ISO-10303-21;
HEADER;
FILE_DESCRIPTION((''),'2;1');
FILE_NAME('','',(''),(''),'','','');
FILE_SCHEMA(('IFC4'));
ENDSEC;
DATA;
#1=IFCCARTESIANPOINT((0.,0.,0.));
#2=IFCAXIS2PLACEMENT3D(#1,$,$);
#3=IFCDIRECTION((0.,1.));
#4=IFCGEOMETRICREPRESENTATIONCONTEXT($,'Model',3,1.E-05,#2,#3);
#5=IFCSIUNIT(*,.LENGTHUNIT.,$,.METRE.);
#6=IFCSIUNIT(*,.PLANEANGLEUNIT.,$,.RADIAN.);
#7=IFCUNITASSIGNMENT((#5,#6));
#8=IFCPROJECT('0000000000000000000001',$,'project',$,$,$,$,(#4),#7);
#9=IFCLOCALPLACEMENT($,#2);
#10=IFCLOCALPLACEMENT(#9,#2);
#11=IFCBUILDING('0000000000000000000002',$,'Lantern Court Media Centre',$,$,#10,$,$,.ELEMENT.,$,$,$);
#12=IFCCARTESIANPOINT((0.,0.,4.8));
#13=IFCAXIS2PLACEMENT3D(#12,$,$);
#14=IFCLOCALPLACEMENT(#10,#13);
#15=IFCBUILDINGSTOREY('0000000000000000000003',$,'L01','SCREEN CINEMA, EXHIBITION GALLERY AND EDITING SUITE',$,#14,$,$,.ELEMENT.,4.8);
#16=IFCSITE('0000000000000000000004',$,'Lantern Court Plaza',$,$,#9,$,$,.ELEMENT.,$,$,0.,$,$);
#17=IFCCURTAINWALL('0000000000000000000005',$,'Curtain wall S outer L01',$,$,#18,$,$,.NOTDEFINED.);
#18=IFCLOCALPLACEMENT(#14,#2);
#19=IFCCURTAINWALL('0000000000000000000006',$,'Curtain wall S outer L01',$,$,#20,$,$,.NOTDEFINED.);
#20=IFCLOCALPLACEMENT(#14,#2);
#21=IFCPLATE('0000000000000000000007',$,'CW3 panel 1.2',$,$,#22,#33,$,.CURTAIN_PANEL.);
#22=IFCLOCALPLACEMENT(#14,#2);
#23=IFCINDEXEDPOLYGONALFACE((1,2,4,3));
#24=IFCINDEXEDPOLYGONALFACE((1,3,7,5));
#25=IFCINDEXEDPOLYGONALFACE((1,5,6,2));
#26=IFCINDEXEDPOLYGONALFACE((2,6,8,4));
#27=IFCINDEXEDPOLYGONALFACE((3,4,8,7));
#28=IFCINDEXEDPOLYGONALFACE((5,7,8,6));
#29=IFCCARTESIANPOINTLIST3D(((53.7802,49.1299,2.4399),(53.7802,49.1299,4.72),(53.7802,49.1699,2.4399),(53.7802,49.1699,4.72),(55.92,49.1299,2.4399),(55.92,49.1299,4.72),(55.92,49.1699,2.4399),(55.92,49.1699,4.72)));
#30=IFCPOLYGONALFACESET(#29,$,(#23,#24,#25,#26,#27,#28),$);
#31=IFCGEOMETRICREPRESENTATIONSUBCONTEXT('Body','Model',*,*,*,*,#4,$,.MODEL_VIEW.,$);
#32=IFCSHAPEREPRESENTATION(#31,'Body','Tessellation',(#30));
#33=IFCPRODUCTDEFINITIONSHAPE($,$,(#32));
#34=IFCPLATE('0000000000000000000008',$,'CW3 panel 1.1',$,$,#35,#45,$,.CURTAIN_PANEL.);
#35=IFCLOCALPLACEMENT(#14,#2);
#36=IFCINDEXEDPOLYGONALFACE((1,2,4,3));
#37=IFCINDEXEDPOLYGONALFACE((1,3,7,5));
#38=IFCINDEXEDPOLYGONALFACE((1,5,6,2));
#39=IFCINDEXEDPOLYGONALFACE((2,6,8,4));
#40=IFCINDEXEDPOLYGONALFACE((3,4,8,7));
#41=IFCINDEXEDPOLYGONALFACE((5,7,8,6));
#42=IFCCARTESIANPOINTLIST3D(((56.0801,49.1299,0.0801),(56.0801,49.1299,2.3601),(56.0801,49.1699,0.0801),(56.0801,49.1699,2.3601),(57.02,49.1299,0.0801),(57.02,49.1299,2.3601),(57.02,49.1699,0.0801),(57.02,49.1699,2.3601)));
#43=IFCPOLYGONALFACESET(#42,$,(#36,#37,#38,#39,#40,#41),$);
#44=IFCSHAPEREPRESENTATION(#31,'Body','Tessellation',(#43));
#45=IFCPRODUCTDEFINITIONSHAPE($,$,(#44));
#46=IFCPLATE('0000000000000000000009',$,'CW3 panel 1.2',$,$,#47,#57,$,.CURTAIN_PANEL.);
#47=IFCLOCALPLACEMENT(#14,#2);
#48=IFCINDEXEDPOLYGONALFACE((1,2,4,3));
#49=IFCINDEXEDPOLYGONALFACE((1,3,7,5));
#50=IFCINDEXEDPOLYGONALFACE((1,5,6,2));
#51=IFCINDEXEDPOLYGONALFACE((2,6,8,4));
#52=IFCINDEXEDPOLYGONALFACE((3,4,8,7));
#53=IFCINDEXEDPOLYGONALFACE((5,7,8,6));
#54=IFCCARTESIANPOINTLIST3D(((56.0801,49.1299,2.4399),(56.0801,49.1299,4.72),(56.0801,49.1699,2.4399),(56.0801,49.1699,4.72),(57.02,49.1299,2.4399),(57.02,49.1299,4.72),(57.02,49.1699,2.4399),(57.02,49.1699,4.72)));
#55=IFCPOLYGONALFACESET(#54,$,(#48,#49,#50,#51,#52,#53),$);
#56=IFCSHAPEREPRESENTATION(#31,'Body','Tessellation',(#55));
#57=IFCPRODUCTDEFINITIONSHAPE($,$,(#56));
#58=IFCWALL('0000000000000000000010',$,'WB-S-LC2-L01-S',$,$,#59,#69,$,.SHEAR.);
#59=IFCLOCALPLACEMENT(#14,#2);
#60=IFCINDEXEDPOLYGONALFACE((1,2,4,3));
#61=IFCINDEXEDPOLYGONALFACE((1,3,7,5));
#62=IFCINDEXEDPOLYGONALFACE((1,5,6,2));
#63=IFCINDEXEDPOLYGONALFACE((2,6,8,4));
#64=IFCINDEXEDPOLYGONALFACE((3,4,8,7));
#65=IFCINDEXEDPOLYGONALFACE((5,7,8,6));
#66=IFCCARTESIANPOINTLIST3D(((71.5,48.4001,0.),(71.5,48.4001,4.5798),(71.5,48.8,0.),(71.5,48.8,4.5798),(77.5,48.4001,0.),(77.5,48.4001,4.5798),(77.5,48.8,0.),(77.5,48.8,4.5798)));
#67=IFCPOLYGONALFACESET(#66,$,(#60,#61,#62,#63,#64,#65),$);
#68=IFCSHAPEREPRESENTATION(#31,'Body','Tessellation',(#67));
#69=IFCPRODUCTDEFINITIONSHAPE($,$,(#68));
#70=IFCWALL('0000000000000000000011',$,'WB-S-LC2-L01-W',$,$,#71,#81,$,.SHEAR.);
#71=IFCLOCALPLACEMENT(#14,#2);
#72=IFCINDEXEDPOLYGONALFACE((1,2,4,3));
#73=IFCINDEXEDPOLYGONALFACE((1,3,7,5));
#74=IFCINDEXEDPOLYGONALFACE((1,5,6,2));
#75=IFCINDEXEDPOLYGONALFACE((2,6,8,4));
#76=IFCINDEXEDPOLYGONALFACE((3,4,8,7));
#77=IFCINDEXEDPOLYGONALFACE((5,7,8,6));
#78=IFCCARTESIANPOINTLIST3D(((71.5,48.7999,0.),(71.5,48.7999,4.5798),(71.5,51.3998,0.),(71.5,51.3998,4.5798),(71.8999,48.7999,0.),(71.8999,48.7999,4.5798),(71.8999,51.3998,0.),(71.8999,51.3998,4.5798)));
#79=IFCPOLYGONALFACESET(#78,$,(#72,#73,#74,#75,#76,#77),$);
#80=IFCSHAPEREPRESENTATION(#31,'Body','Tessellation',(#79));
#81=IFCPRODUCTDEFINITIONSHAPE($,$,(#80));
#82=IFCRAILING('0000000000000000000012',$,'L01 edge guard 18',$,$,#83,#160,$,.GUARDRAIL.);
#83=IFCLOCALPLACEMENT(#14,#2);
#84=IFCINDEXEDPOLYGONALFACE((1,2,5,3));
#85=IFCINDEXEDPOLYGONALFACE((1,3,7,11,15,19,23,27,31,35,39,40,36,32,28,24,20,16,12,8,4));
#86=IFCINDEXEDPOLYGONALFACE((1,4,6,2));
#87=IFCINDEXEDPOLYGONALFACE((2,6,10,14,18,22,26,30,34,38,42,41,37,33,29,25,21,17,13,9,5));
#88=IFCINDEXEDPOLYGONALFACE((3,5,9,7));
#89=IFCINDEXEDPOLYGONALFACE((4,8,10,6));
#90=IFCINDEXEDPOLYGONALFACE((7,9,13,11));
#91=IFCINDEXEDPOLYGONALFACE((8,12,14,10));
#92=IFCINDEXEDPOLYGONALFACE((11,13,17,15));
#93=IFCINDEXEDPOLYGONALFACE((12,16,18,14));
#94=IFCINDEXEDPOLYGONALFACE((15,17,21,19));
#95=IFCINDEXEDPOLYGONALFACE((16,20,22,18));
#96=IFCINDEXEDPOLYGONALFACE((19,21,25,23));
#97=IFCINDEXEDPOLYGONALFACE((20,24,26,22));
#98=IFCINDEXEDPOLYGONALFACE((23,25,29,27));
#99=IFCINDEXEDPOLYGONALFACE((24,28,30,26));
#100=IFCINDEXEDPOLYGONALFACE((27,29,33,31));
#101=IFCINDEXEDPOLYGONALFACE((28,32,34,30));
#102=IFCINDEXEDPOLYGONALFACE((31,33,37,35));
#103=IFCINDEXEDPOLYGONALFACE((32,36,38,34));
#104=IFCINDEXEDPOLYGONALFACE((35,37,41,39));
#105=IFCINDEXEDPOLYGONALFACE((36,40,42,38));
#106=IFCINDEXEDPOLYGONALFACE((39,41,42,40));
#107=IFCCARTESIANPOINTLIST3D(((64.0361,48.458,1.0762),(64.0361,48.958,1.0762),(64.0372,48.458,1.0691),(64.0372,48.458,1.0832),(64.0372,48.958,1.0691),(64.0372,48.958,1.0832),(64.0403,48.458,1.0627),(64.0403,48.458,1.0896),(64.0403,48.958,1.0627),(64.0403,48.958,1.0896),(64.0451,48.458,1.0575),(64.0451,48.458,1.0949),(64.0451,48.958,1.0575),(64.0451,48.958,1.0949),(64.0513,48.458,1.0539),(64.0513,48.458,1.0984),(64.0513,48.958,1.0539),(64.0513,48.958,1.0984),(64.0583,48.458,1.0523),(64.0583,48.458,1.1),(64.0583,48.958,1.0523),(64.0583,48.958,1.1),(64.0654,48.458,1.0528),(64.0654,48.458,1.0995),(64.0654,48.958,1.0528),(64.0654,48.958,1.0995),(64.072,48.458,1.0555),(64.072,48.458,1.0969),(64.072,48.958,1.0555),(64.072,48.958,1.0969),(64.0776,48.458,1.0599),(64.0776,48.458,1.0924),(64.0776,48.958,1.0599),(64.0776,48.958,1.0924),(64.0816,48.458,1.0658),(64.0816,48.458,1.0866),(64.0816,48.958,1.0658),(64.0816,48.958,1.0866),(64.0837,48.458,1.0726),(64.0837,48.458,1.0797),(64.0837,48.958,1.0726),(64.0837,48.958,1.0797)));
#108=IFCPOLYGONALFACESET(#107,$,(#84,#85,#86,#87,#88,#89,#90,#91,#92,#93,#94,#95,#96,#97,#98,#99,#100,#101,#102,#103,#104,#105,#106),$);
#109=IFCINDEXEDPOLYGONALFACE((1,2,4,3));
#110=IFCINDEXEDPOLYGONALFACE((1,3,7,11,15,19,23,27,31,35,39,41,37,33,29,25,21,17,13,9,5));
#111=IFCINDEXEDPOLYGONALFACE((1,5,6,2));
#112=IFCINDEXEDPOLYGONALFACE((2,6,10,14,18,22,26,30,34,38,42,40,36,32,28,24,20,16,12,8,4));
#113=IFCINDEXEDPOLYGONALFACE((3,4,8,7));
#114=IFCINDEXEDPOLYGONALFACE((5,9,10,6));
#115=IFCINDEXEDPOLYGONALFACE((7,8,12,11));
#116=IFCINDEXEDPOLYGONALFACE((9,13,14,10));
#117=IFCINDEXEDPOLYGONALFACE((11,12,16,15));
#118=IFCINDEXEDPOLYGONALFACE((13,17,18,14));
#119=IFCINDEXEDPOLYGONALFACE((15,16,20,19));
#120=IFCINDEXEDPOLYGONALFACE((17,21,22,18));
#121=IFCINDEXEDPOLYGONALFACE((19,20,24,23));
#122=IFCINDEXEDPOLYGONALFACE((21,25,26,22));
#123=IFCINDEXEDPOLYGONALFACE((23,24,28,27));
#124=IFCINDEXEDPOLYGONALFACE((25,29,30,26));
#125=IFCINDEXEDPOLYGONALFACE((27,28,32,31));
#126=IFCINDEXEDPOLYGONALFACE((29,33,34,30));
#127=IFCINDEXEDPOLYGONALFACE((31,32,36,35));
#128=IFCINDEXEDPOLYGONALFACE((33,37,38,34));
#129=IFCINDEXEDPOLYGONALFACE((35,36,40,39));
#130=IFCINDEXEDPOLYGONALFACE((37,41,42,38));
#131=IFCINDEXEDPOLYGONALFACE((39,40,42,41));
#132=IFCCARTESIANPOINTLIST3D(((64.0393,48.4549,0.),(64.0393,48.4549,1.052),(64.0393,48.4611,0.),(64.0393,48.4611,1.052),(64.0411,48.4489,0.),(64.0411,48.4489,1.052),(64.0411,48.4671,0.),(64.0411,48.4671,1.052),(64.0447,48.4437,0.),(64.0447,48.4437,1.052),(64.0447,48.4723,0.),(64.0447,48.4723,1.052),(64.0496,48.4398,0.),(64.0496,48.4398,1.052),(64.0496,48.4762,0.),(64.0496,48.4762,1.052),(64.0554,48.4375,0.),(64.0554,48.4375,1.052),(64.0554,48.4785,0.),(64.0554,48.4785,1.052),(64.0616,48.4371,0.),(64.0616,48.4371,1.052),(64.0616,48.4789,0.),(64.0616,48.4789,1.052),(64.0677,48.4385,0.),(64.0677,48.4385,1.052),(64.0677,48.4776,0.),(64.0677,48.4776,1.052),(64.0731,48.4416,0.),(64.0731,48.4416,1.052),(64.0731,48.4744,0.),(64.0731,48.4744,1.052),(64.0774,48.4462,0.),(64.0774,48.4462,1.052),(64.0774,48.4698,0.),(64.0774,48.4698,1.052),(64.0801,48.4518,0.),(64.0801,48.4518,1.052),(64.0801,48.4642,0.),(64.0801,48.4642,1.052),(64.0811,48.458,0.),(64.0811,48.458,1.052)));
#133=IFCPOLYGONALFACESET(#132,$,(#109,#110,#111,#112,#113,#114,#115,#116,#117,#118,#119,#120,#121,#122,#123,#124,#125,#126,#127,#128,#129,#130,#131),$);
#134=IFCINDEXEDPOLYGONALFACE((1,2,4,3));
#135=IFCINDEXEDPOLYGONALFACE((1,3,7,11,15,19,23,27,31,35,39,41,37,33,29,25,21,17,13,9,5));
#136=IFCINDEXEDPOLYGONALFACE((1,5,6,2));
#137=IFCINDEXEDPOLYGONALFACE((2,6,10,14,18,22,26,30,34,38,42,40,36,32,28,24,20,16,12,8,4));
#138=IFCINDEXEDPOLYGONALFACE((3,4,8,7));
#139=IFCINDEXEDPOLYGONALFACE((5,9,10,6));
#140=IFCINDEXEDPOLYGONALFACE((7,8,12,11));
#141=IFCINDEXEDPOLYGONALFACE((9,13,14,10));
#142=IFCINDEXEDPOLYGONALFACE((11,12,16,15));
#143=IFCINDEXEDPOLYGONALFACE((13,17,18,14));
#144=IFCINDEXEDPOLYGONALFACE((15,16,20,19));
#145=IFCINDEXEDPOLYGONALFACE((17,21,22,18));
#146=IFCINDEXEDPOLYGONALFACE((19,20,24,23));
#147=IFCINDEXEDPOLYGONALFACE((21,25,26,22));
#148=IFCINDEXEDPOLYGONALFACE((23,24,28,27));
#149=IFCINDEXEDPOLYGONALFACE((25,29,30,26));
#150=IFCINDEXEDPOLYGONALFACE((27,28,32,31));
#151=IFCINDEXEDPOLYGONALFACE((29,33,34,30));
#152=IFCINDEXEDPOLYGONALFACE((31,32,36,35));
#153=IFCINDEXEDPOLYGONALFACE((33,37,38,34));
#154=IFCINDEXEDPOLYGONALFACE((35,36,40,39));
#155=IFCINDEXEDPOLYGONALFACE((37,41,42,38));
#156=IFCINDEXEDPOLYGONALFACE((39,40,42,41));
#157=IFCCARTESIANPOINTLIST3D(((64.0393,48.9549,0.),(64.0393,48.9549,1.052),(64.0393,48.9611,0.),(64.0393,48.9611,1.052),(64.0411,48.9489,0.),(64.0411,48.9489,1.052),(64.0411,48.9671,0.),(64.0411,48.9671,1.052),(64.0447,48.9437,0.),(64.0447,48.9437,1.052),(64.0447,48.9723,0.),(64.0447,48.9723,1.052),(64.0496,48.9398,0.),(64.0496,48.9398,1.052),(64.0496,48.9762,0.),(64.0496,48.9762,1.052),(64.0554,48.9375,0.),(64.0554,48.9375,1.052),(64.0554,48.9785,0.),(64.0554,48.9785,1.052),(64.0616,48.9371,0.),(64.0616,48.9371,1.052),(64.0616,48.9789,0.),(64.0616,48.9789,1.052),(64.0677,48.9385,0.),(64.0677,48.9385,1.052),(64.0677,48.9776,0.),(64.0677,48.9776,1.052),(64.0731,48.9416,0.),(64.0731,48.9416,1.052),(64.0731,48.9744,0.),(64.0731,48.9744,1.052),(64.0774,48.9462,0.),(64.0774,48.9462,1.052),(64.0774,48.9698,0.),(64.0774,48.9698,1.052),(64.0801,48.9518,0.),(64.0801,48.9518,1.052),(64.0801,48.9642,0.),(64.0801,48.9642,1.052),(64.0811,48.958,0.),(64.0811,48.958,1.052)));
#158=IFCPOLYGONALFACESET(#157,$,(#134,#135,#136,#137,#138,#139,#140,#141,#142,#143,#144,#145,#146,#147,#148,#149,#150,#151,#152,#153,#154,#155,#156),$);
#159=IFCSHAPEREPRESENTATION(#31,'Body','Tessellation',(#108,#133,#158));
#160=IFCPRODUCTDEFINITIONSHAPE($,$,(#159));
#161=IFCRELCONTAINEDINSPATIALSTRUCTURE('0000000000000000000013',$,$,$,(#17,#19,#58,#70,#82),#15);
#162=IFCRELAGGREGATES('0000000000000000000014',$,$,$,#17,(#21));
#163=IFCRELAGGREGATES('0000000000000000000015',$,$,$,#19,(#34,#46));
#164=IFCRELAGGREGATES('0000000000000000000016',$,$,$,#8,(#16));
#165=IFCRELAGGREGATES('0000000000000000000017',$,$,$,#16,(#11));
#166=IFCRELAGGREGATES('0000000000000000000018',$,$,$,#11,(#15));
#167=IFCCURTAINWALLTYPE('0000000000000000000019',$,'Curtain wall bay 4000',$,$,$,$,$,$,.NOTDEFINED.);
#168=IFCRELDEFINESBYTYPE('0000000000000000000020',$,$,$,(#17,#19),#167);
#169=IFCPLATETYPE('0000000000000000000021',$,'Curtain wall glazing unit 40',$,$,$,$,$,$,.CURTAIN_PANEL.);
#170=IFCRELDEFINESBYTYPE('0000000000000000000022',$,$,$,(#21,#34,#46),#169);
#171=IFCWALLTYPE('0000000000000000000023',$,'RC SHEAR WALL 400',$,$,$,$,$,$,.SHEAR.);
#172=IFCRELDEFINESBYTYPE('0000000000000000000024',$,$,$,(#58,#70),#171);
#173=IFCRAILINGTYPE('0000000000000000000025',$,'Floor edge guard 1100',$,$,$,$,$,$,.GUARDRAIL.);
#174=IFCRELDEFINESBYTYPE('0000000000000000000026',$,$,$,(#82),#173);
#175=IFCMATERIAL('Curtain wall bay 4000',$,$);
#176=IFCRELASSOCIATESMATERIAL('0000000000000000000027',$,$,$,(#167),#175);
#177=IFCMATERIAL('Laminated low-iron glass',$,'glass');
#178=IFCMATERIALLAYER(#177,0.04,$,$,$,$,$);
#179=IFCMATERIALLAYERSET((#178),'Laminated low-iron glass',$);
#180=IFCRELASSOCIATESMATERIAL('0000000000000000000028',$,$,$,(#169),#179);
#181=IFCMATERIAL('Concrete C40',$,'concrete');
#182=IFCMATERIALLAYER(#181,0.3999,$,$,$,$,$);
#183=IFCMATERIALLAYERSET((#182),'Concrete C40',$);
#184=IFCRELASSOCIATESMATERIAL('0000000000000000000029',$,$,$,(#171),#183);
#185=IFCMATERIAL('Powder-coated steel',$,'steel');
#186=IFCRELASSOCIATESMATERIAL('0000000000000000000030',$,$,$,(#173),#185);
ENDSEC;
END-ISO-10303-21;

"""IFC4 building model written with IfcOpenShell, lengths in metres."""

from ifc_helpers import new_model, si_unit, direction, frame, frame_2d, origin, origin_2d, place, context, subcontext, project, spatial, rectangle, circle, extrude, material, layer, layer_set, type_object, element, aggregate, save


model = new_model("IFC4")

# Units and contexts
model_context = context("Model", 3, precision=1e-05, world=origin(), true_north=direction((0.0, 1.0)))
body_context = subcontext(model_context, "Body", "Model", "MODEL_VIEW")
ifc_project = project(units=[si_unit("LENGTHUNIT", "METRE"), si_unit("PLANEANGLEUNIT", "RADIAN")], contexts=[model_context])

# Site, building, storey
site_placement = place(None, origin())
site = spatial("IfcSite", under=ifc_project, at=site_placement, Name="Lantern Court Plaza", CompositionType="ELEMENT", RefElevation=0.0)
building_placement = place(site_placement, origin())
building = spatial("IfcBuilding", under=site, at=building_placement, Name="Lantern Court Media Centre", CompositionType="ELEMENT")
storey_placement = place(building_placement, frame((0.0, 0.0, 4.8)))
storey = spatial("IfcBuildingStorey", under=building, at=storey_placement, Name="L01", Description="SCREEN CINEMA, EXHIBITION GALLERY AND EDITING SUITE", CompositionType="ELEMENT", Elevation=4.8)

# Shared definitions
ifc_material_1 = material(Name="Curtain wall bay 4000")
curtain_wall_type_1 = type_object("IfcCurtainWallType", Name="Curtain wall bay 4000", PredefinedType="NOTDEFINED", material=ifc_material_1)

# Curtain walls
curtain_wall_1_placement = place(storey_placement, origin())
curtain_wall_1 = element("IfcCurtainWall", 1, at=curtain_wall_1_placement, inside=storey, type_object=curtain_wall_type_1, Name="Curtain wall S outer L01", PredefinedType="NOTDEFINED")
curtain_wall_2_placement = place(storey_placement, origin())
curtain_wall_2 = element("IfcCurtainWall", 2, at=curtain_wall_2_placement, inside=storey, type_object=curtain_wall_type_1, Name="Curtain wall S outer L01", PredefinedType="NOTDEFINED")

# Plates
ifc_material_2 = material(Name="Laminated low-iron glass", Category="glass")
ifc_layer_1 = layer(ifc_material_2, 0.04)
ifc_layer_set_1 = layer_set([ifc_layer_1], Name="Laminated low-iron glass")
plate_type_1 = type_object("IfcPlateType", Name="Curtain wall glazing unit 40", PredefinedType="CURTAIN_PANEL", material=ifc_layer_set_1)
plate_1_placement = place(storey_placement, frame((54.8501, 49.1499, 2.4399), z_axis=(0.0, 0.0, 1.0), x_axis=(1.0, 0.0, 0.0)))
plate_1 = element("IfcPlate", 3, at=plate_1_placement, type_object=plate_type_1, Name="CW3 panel 1.2", PredefinedType="CURTAIN_PANEL", context=body_context, shape_type="SweptSolid", body=[
    extrude(rectangle(XDim=2.1399, YDim=0.04, at=origin_2d()), origin(), (0.0, 0.0, 1.0), 2.28),
])
aggregate(curtain_wall_1, [plate_1])
plate_2_placement = place(storey_placement, frame((56.55, 49.1499, 0.0801), z_axis=(0.0, 0.0, 1.0), x_axis=(1.0, 0.0, 0.0)))
plate_2 = element("IfcPlate", 4, at=plate_2_placement, type_object=plate_type_1, Name="CW3 panel 1.1", PredefinedType="CURTAIN_PANEL", context=body_context, shape_type="SweptSolid", body=[
    extrude(rectangle(XDim=0.9399, YDim=0.04, at=origin_2d()), origin(), (0.0, 0.0, 1.0), 2.28),
])
plate_3_placement = place(storey_placement, frame((56.55, 49.1499, 2.4399), z_axis=(0.0, 0.0, 1.0), x_axis=(1.0, 0.0, 0.0)))
plate_3 = element("IfcPlate", 5, at=plate_3_placement, type_object=plate_type_1, Name="CW3 panel 1.2", PredefinedType="CURTAIN_PANEL", context=body_context, shape_type="SweptSolid", body=[
    extrude(rectangle(XDim=0.9399, YDim=0.04, at=origin_2d()), origin(), (0.0, 0.0, 1.0), 2.28),
])
aggregate(curtain_wall_2, [plate_2, plate_3])

# Walls
ifc_material_3 = material(Name="Concrete C40", Category="concrete")
ifc_layer_2 = layer(ifc_material_3, 0.3999)
ifc_layer_set_2 = layer_set([ifc_layer_2], Name="Concrete C40")
wall_type = type_object("IfcWallType", Name="RC SHEAR WALL 400", PredefinedType="SHEAR", material=ifc_layer_set_2)
wall_1_placement = place(storey_placement, frame((71.5, 48.6001, 0.0), z_axis=(0.0, 0.0, 1.0), x_axis=(1.0, 0.0, 0.0)))
element("IfcWall", 6, at=wall_1_placement, inside=storey, type_object=wall_type, Name="WB-S-LC2-L01-S", PredefinedType="SHEAR", context=body_context, shape_type="SweptSolid", body=[
    extrude(rectangle(XDim=6.0, YDim=0.3999, at=frame_2d((3.0, 0.0))), origin(), (0.0, 0.0, 1.0), 4.5798),
])
wall_2_placement = place(storey_placement, frame((71.7, 48.8, 0.0), z_axis=(0.0, 0.0, 1.0), x_axis=(0.0, 1.0, 0.0)))
element("IfcWall", 7, at=wall_2_placement, inside=storey, type_object=wall_type, Name="WB-S-LC2-L01-W", PredefinedType="SHEAR", context=body_context, shape_type="SweptSolid", body=[
    extrude(rectangle(XDim=2.5999, YDim=0.3999, at=frame_2d((1.2998, 0.0))), origin(), (0.0, 0.0, 1.0), 4.5798),
])

# Railing
ifc_material_4 = material(Name="Powder-coated steel", Category="steel")
railing_type = type_object("IfcRailingType", Name="Floor edge guard 1100", PredefinedType="GUARDRAIL", material=ifc_material_4)
railing_placement = place(storey_placement, frame((64.0601, 48.458, 0.0)))
element("IfcRailing", 8, at=railing_placement, inside=storey, type_object=railing_type, Name="L01 edge guard 18", PredefinedType="GUARDRAIL", context=body_context, shape_type="SweptSolid", body=[
    extrude(circle(Radius=0.0239, at=origin_2d()), frame((0.0, 0.0, 1.0762), z_axis=(0.0, 1.0, 0.0), x_axis=(-1.0, 0.0, 0.0)), (0.0, 0.0, 1.0), 0.5),
    extrude(circle(Radius=0.021, at=origin_2d()), origin(), (0.0, 0.0, 1.0), 1.052),
    extrude(circle(Radius=0.021, at=origin_2d()), frame((0.0, 0.5, 0.0)), (0.0, 0.0, 1.0), 1.052),
])

save(model, "model.ifc")
